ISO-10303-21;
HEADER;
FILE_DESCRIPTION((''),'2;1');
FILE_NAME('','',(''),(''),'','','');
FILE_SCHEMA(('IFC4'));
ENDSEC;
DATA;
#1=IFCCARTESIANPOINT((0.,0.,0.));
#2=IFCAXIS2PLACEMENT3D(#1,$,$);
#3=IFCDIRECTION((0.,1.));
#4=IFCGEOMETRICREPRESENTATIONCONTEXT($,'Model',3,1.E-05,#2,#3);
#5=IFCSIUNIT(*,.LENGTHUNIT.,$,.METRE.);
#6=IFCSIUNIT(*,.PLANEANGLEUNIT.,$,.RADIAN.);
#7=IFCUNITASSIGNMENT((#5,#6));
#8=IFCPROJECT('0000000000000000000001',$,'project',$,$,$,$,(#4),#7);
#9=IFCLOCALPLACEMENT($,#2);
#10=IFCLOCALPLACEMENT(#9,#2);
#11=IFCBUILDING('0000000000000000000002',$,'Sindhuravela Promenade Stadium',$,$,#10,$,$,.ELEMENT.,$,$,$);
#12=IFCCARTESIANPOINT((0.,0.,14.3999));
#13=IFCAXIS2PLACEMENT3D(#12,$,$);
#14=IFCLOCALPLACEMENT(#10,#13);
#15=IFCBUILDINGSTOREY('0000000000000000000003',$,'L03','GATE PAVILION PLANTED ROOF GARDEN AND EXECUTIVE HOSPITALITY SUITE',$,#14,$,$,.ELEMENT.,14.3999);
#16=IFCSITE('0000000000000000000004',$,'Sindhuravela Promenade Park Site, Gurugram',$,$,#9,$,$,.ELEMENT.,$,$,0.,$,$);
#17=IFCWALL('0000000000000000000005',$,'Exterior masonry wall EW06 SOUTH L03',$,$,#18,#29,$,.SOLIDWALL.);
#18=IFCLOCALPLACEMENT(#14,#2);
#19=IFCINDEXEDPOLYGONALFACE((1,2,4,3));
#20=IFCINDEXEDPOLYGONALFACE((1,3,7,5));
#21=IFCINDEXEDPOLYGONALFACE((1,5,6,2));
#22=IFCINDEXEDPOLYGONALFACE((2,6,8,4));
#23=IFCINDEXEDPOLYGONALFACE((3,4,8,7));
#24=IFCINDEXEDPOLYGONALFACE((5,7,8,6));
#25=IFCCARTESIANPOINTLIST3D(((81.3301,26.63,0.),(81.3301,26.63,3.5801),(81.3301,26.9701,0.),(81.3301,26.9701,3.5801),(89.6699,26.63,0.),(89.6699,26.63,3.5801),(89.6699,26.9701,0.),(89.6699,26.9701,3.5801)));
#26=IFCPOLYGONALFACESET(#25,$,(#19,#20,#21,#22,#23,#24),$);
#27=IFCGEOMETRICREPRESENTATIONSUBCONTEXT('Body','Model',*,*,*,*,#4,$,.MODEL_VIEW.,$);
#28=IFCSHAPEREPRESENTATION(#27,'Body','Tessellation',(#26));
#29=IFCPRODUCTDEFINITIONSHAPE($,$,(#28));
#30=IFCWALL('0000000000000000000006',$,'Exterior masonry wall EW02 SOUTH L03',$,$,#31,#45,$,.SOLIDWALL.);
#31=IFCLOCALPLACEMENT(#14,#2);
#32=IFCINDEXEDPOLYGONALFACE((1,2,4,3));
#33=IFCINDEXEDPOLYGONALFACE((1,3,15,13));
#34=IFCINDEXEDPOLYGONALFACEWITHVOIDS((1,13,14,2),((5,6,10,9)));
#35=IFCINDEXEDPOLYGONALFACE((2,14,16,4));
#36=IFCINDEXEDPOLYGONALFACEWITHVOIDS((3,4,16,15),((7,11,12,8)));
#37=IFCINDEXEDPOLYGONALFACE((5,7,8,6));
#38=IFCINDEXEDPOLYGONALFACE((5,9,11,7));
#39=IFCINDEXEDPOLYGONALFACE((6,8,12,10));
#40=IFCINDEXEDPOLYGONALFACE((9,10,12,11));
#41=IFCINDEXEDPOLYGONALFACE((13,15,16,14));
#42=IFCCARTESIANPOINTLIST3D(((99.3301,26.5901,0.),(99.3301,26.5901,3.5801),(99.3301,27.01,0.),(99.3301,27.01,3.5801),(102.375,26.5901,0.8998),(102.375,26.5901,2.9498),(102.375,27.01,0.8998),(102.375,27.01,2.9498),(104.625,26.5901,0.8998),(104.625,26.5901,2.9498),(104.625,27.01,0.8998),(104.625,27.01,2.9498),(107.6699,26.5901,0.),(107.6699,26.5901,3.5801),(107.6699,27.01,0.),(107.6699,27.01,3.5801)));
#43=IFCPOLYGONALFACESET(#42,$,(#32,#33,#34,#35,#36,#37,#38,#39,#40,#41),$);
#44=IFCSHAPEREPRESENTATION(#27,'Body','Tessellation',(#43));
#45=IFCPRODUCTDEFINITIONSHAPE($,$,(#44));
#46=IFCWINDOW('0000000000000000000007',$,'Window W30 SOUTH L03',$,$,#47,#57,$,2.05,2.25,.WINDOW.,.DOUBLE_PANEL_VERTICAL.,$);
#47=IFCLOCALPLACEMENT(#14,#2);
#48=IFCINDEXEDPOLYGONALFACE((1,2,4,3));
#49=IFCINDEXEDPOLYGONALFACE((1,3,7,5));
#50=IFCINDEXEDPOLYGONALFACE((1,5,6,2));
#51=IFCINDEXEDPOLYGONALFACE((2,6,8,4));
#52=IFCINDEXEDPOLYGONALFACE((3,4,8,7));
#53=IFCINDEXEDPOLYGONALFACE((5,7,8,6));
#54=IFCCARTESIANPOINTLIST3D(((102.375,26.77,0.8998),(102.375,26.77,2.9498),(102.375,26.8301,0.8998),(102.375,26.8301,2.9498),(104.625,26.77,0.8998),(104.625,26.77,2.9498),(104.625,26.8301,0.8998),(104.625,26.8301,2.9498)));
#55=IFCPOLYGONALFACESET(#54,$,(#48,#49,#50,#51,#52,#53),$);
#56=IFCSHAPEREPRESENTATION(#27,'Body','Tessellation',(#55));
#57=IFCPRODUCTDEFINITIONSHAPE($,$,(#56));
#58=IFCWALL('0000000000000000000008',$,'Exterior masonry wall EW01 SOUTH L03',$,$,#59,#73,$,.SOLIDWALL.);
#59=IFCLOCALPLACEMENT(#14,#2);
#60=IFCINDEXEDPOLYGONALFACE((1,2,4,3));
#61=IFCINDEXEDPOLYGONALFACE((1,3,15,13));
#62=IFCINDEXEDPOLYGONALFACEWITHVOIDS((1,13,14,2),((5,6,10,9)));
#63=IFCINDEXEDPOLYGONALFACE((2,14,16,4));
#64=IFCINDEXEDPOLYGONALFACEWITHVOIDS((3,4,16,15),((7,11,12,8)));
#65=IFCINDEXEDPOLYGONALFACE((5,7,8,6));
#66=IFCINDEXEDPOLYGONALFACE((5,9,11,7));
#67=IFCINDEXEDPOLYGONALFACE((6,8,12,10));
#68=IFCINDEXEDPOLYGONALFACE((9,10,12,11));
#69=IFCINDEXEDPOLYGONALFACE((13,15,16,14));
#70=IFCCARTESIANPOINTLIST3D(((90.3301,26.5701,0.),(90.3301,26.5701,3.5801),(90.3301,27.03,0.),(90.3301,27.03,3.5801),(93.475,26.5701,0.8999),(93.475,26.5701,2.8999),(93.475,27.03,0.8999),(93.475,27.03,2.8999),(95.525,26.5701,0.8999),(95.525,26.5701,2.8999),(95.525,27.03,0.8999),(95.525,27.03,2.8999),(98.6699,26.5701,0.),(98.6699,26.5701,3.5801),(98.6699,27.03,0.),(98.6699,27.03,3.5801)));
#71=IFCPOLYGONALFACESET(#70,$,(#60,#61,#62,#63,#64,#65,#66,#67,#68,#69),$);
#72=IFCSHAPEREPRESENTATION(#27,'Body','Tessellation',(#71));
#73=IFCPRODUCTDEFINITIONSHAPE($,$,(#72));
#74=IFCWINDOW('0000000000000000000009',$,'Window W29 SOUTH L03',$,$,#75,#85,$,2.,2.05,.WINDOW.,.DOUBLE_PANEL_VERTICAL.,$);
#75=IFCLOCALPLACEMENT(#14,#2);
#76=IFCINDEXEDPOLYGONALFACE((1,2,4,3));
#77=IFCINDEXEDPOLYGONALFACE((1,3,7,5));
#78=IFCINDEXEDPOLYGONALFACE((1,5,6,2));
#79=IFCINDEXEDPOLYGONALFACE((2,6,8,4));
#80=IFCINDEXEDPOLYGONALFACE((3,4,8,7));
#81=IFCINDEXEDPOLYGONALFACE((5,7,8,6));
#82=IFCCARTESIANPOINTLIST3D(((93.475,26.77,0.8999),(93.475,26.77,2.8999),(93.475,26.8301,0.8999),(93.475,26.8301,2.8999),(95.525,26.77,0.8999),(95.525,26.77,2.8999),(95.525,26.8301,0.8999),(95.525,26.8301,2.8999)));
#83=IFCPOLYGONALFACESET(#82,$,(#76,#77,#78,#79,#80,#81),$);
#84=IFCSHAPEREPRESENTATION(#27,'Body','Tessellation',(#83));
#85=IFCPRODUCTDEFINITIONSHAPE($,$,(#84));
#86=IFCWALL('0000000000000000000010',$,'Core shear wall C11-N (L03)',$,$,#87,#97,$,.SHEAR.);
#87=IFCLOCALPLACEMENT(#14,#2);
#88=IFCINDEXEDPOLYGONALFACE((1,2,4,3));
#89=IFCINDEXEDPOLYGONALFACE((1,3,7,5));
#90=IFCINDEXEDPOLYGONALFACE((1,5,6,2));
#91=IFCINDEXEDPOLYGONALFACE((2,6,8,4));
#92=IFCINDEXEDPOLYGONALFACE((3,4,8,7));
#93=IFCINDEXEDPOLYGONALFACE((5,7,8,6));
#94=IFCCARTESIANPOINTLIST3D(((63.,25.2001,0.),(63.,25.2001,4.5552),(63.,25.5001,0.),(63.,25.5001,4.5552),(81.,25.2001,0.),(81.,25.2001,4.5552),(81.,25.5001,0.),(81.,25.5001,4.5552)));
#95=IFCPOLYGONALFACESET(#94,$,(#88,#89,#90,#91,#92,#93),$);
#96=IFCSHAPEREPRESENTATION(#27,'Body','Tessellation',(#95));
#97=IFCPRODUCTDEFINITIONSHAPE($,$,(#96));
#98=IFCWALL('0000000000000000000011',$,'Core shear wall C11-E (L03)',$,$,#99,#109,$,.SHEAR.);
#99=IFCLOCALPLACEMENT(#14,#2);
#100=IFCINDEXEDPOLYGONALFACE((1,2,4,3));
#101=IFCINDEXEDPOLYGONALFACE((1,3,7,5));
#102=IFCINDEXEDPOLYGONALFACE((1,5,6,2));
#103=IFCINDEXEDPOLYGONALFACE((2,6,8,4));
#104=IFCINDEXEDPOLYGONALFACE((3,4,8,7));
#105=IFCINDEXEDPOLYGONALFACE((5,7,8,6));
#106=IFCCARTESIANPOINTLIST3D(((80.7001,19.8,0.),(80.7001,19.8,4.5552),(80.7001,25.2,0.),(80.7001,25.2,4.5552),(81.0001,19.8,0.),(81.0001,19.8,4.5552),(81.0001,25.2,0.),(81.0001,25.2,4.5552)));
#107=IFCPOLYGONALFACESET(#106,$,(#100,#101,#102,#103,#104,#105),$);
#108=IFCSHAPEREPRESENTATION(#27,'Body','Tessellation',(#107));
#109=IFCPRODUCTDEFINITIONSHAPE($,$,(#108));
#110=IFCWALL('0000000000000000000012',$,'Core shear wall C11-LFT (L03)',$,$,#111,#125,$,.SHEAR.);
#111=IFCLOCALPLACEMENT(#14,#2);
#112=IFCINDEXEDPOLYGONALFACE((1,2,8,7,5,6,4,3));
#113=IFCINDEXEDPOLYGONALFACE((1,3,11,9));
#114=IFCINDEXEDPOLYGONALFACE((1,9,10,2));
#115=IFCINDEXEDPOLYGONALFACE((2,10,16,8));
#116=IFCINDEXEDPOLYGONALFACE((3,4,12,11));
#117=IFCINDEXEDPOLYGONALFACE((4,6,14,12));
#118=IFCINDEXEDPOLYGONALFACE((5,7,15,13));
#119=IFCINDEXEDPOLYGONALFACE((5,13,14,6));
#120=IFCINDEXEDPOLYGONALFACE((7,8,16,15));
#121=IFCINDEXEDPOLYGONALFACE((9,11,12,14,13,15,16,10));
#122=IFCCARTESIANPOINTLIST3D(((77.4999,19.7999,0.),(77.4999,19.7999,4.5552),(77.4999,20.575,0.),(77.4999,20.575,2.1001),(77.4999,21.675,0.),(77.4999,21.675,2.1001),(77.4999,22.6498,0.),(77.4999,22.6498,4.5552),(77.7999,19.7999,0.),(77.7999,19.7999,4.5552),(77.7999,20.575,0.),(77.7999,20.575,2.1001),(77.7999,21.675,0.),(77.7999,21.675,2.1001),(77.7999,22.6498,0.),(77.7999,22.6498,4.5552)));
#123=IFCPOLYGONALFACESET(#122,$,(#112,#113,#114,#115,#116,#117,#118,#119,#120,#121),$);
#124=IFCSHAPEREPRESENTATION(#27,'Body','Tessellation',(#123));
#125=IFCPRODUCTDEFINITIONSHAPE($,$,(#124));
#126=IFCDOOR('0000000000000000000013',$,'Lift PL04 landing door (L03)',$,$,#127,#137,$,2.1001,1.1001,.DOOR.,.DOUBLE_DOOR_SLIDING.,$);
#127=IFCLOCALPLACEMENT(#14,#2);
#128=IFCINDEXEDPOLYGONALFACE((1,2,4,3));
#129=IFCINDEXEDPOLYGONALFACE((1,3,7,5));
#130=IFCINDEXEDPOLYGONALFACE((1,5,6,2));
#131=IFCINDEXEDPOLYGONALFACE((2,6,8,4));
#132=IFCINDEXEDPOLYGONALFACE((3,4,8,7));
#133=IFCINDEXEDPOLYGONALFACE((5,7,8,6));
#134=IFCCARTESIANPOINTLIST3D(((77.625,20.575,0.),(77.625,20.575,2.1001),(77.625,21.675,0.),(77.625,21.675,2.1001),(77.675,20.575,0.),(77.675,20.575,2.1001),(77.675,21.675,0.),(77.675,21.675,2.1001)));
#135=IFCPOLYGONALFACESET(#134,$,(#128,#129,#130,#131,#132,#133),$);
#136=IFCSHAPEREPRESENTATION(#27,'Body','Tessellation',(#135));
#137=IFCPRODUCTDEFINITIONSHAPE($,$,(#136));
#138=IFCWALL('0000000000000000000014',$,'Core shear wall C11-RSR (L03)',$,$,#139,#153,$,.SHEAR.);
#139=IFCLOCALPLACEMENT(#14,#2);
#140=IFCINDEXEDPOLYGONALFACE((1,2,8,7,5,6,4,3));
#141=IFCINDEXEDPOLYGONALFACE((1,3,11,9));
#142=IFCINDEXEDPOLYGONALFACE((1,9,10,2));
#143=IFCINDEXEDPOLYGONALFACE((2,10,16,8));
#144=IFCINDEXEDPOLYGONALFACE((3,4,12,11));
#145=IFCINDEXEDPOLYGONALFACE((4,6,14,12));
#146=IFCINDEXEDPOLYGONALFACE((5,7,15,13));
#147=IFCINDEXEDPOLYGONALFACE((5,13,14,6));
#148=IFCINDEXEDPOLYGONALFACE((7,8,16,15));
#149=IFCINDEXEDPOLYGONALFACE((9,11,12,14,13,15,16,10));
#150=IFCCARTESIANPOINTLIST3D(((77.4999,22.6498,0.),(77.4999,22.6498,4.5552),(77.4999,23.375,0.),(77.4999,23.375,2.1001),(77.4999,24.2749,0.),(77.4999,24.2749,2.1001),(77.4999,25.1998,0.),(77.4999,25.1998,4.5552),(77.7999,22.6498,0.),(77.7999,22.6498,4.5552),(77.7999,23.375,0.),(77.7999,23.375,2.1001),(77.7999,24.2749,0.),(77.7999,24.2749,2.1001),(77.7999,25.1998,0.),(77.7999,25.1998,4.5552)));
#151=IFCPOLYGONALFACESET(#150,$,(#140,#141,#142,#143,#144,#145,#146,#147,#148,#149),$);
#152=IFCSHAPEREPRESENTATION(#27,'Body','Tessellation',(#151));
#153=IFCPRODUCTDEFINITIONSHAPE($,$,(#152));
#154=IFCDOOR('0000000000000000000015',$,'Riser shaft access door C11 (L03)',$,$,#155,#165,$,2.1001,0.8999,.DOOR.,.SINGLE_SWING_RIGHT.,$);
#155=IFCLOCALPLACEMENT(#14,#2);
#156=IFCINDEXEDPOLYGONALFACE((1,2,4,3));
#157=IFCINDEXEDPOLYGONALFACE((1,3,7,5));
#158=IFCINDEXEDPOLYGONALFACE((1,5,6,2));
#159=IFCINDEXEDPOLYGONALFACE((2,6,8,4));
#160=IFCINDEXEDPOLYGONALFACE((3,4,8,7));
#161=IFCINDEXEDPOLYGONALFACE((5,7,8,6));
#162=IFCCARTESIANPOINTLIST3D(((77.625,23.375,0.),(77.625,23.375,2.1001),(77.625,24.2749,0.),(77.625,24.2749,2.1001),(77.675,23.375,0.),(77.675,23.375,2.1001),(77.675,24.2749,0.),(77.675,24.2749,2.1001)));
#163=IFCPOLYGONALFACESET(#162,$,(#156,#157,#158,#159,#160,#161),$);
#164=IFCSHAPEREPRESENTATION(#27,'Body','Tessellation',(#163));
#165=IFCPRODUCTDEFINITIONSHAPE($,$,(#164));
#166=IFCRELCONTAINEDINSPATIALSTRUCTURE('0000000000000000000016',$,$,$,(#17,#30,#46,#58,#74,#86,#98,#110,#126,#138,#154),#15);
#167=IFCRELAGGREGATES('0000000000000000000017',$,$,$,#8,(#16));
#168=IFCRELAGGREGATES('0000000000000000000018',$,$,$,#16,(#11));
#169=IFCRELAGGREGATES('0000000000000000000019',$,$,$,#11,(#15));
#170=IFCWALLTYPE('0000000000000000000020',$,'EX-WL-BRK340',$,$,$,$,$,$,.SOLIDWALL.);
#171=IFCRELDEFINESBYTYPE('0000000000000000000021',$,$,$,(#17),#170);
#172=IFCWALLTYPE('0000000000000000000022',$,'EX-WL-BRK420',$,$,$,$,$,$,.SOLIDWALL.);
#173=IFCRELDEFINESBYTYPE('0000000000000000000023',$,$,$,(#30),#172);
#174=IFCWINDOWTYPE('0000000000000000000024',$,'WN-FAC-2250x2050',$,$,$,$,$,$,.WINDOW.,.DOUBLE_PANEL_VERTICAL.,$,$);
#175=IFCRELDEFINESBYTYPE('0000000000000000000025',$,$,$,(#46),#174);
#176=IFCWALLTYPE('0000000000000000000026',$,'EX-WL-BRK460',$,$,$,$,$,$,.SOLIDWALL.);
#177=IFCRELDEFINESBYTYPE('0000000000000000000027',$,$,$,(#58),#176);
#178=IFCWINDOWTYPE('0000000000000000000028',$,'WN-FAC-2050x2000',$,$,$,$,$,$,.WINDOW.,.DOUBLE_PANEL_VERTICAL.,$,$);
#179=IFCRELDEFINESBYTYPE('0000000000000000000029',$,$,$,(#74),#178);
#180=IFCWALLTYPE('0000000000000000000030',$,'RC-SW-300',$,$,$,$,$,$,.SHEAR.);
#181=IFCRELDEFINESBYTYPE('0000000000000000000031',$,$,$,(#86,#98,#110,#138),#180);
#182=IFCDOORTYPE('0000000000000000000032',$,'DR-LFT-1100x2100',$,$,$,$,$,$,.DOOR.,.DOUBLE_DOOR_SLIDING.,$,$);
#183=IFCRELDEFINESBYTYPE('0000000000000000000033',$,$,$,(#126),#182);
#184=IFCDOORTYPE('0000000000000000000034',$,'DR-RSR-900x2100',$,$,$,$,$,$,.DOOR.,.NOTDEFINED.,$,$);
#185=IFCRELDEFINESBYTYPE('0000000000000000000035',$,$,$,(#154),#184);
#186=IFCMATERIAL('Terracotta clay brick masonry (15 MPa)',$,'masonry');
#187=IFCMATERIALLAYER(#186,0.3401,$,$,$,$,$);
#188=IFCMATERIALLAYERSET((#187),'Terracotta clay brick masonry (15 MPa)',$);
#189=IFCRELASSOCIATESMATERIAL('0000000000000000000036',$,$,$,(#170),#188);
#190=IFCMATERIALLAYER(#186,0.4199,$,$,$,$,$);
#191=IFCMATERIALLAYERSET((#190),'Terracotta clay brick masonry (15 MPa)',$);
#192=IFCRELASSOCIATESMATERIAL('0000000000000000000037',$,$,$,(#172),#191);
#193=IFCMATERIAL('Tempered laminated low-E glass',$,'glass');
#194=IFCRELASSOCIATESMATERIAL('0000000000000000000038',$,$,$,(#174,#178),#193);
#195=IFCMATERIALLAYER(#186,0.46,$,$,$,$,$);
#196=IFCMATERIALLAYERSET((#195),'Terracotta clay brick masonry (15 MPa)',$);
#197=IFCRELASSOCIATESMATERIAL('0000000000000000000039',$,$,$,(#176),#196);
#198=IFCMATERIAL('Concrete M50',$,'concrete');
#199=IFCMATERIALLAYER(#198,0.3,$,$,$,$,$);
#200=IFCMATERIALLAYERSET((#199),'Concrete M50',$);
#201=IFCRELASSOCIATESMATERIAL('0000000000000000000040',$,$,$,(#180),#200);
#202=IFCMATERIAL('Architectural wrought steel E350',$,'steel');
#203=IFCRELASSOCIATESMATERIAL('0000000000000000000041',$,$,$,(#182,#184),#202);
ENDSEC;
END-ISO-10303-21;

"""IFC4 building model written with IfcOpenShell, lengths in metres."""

from ifc_helpers import new_model, si_unit, direction, frame, frame_2d, origin, place, context, subcontext, project, spatial, rectangle, extrude, material, layer, layer_set, type_object, element, fill, save


model = new_model("IFC4")

# Units and contexts
model_context = context("Model", 3, precision=1e-05, world=origin(), true_north=direction((0.0, 1.0)))
body_context = subcontext(model_context, "Body", "Model", "MODEL_VIEW")
ifc_project = project(units=[si_unit("LENGTHUNIT", "METRE"), si_unit("PLANEANGLEUNIT", "RADIAN")], contexts=[model_context])

# Site, building, storey
site_placement = place(None, origin())
site = spatial("IfcSite", under=ifc_project, at=site_placement, Name="Sindhuravela Promenade Park Site, Gurugram", CompositionType="ELEMENT", RefElevation=0.0)
building_placement = place(site_placement, origin())
building = spatial("IfcBuilding", under=site, at=building_placement, Name="Sindhuravela Promenade Stadium", CompositionType="ELEMENT")
storey_placement = place(building_placement, frame((0.0, 0.0, 14.3999)))
storey = spatial("IfcBuildingStorey", under=building, at=storey_placement, Name="L03", Description="GATE PAVILION PLANTED ROOF GARDEN AND EXECUTIVE HOSPITALITY SUITE", CompositionType="ELEMENT", Elevation=14.3999)

# Wall
ifc_material_1 = material(Name="Terracotta clay brick masonry (15 MPa)", Category="masonry")
ifc_layer_1 = layer(ifc_material_1, 0.3401)
ifc_layer_set_1 = layer_set([ifc_layer_1], Name="Terracotta clay brick masonry (15 MPa)")
wall_type_1 = type_object("IfcWallType", Name="EX-WL-BRK340", PredefinedType="SOLIDWALL", material=ifc_layer_set_1)
wall_1_placement = place(storey_placement, frame((81.3301, 26.8, 0.0), z_axis=(0.0, 0.0, 1.0), x_axis=(1.0, 0.0, 0.0)))
element("IfcWall", 1, at=wall_1_placement, inside=storey, type_object=wall_type_1, Name="Exterior masonry wall EW06 SOUTH L03", PredefinedType="SOLIDWALL", context=body_context, shape_type="SweptSolid", body=[
    extrude(rectangle(XDim=8.3398, YDim=0.3401, at=frame_2d((4.1699, 0.0))), origin(), (0.0, 0.0, 1.0), 3.5801),
])

# Walls, openings, windows
ifc_layer_2 = layer(ifc_material_1, 0.4199)
ifc_layer_set_2 = layer_set([ifc_layer_2], Name="Terracotta clay brick masonry (15 MPa)")
wall_type_2 = type_object("IfcWallType", Name="EX-WL-BRK420", PredefinedType="SOLIDWALL", material=ifc_layer_set_2)
wall_2_placement = place(storey_placement, frame((99.3301, 26.8, 0.0), z_axis=(0.0, 0.0, 1.0), x_axis=(1.0, 0.0, 0.0)))
wall_2 = element("IfcWall", 2, at=wall_2_placement, inside=storey, type_object=wall_type_2, Name="Exterior masonry wall EW02 SOUTH L03", PredefinedType="SOLIDWALL", context=body_context, shape_type="SweptSolid", body=[
    extrude(rectangle(XDim=8.3398, YDim=0.4199, at=frame_2d((4.1699, 0.0))), origin(), (0.0, 0.0, 1.0), 3.5801),
])
opening_1_placement = place(wall_2_placement, frame((3.0449, 0.0, 0.8999)))
opening_1 = element("IfcOpeningElement", 3, at=opening_1_placement, cuts=wall_2, PredefinedType="OPENING", context=body_context, shape_type="SweptSolid", body=[
    extrude(rectangle(XDim=2.25, YDim=2.05, at=frame_2d((1.125, 1.0249))), frame((0.0, 0.22, 0.0), z_axis=(0.0, -1.0, 0.0), x_axis=(1.0, 0.0, 0.0)), (0.0, 0.0, 1.0), 0.4399),
])
ifc_material_2 = material(Name="Tempered laminated low-E glass", Category="glass")
window_type_1 = type_object("IfcWindowType", Name="WN-FAC-2250x2050", PartitioningType="DOUBLE_PANEL_VERTICAL", PredefinedType="WINDOW", material=ifc_material_2)
window_1_placement = place(opening_1_placement, origin())
window_1 = element("IfcWindow", 4, at=window_1_placement, inside=storey, type_object=window_type_1, Name="Window W30 SOUTH L03", OverallHeight=2.05, OverallWidth=2.25, PartitioningType="DOUBLE_PANEL_VERTICAL", PredefinedType="WINDOW", context=body_context, shape_type="SweptSolid", body=[
    extrude(rectangle(XDim=2.25, YDim=2.05, at=frame_2d((1.125, 1.0249))), frame((0.0, 0.03, 0.0), z_axis=(0.0, -1.0, 0.0), x_axis=(1.0, 0.0, 0.0)), (0.0, 0.0, 1.0), 0.0601),
])
fill(opening_1, window_1)
ifc_layer_3 = layer(ifc_material_1, 0.46)
ifc_layer_set_3 = layer_set([ifc_layer_3], Name="Terracotta clay brick masonry (15 MPa)")
wall_type_3 = type_object("IfcWallType", Name="EX-WL-BRK460", PredefinedType="SOLIDWALL", material=ifc_layer_set_3)
wall_3_placement = place(storey_placement, frame((90.3301, 26.8, 0.0), z_axis=(0.0, 0.0, 1.0), x_axis=(1.0, 0.0, 0.0)))
wall_3 = element("IfcWall", 5, at=wall_3_placement, inside=storey, type_object=wall_type_3, Name="Exterior masonry wall EW01 SOUTH L03", PredefinedType="SOLIDWALL", context=body_context, shape_type="SweptSolid", body=[
    extrude(rectangle(XDim=8.3398, YDim=0.46, at=frame_2d((4.1699, 0.0))), origin(), (0.0, 0.0, 1.0), 3.5801),
])
opening_2_placement = place(wall_3_placement, frame((3.145, 0.0, 0.8999)))
opening_2 = element("IfcOpeningElement", 6, at=opening_2_placement, cuts=wall_3, PredefinedType="OPENING", context=body_context, shape_type="SweptSolid", body=[
    extrude(rectangle(XDim=2.05, YDim=2.0, at=frame_2d((1.0249, 1.0))), frame((0.0, 0.24, 0.0), z_axis=(0.0, -1.0, 0.0), x_axis=(1.0, 0.0, 0.0)), (0.0, 0.0, 1.0), 0.48),
])
window_type_2 = type_object("IfcWindowType", Name="WN-FAC-2050x2000", PartitioningType="DOUBLE_PANEL_VERTICAL", PredefinedType="WINDOW", material=ifc_material_2)
window_2_placement = place(opening_2_placement, origin())
window_2 = element("IfcWindow", 7, at=window_2_placement, inside=storey, type_object=window_type_2, Name="Window W29 SOUTH L03", OverallHeight=2.0, OverallWidth=2.05, PartitioningType="DOUBLE_PANEL_VERTICAL", PredefinedType="WINDOW", context=body_context, shape_type="SweptSolid", body=[
    extrude(rectangle(XDim=2.05, YDim=2.0, at=frame_2d((1.0249, 1.0))), frame((0.0, 0.03, 0.0), z_axis=(0.0, -1.0, 0.0), x_axis=(1.0, 0.0, 0.0)), (0.0, 0.0, 1.0), 0.0601),
])
fill(opening_2, window_2)

# Walls
ifc_material_3 = material(Name="Concrete M50", Category="concrete")
ifc_layer_4 = layer(ifc_material_3, 0.3)
ifc_layer_set_4 = layer_set([ifc_layer_4], Name="Concrete M50")
wall_type_4 = type_object("IfcWallType", Name="RC-SW-300", PredefinedType="SHEAR", material=ifc_layer_set_4)
wall_4_placement = place(storey_placement, frame((81.0, 25.3501, 0.0), z_axis=(0.0, 0.0, 1.0), x_axis=(-1.0, 0.0, 0.0)))
element("IfcWall", 8, at=wall_4_placement, inside=storey, type_object=wall_type_4, Name="Core shear wall C11-N (L03)", PredefinedType="SHEAR", context=body_context, shape_type="SweptSolid", body=[
    extrude(rectangle(XDim=18.0, YDim=0.3, at=frame_2d((9.0, 0.0))), origin(), (0.0, 0.0, 1.0), 4.5552),
])
wall_5_placement = place(storey_placement, frame((80.8501, 19.8, 0.0), z_axis=(0.0, 0.0, 1.0), x_axis=(0.0, 1.0, 0.0)))
element("IfcWall", 9, at=wall_5_placement, inside=storey, type_object=wall_type_4, Name="Core shear wall C11-E (L03)", PredefinedType="SHEAR", context=body_context, shape_type="SweptSolid", body=[
    extrude(rectangle(XDim=5.3999, YDim=0.3, at=frame_2d((2.7, 0.0))), origin(), (0.0, 0.0, 1.0), 4.5552),
])

# Walls, openings, doors
wall_6_placement = place(storey_placement, frame((77.6499, 19.8, 0.0), z_axis=(0.0, 0.0, 1.0), x_axis=(0.0, 1.0, 0.0)))
wall_6 = element("IfcWall", 10, at=wall_6_placement, inside=storey, type_object=wall_type_4, Name="Core shear wall C11-LFT (L03)", PredefinedType="SHEAR", context=body_context, shape_type="SweptSolid", body=[
    extrude(rectangle(XDim=2.8499, YDim=0.3, at=frame_2d((1.4248, 0.0))), origin(), (0.0, 0.0, 1.0), 4.5552),
])
opening_3_placement = place(wall_6_placement, frame((0.7749, 0.0, 0.0)))
opening_3 = element("IfcOpeningElement", 11, at=opening_3_placement, cuts=wall_6, PredefinedType="OPENING", context=body_context, shape_type="SweptSolid", body=[
    extrude(rectangle(XDim=1.1001, YDim=2.1001, at=frame_2d((0.55, 1.05))), frame((0.0, 0.1599, 0.0), z_axis=(0.0, -1.0, 0.0), x_axis=(1.0, 0.0, 0.0)), (0.0, 0.0, 1.0), 0.3201),
])
ifc_material_4 = material(Name="Architectural wrought steel E350", Category="steel")
door_type_1 = type_object("IfcDoorType", Name="DR-LFT-1100x2100", OperationType="DOUBLE_DOOR_SLIDING", PredefinedType="DOOR", material=ifc_material_4)
door_1_placement = place(opening_3_placement, origin())
door_1 = element("IfcDoor", 12, at=door_1_placement, inside=storey, type_object=door_type_1, Name="Lift PL04 landing door (L03)", OperationType="DOUBLE_DOOR_SLIDING", OverallHeight=2.1001, OverallWidth=1.1001, PredefinedType="DOOR", context=body_context, shape_type="SweptSolid", body=[
    extrude(rectangle(XDim=1.1001, YDim=2.1001, at=frame_2d((0.55, 1.05))), frame((0.0, 0.0249, 0.0), z_axis=(0.0, -1.0, 0.0), x_axis=(1.0, 0.0, 0.0)), (0.0, 0.0, 1.0), 0.05),
])
fill(opening_3, door_1)
wall_7_placement = place(storey_placement, frame((77.6499, 22.6499, 0.0), z_axis=(0.0, 0.0, 1.0), x_axis=(0.0, 1.0, 0.0)))
wall_7 = element("IfcWall", 13, at=wall_7_placement, inside=storey, type_object=wall_type_4, Name="Core shear wall C11-RSR (L03)", PredefinedType="SHEAR", context=body_context, shape_type="SweptSolid", body=[
    extrude(rectangle(XDim=2.55, YDim=0.3, at=frame_2d((1.2749, 0.0))), origin(), (0.0, 0.0, 1.0), 4.5552),
])
opening_4_placement = place(wall_7_placement, frame((0.7251, 0.0, 0.0)))
opening_4 = element("IfcOpeningElement", 14, at=opening_4_placement, cuts=wall_7, PredefinedType="OPENING", context=body_context, shape_type="SweptSolid", body=[
    extrude(rectangle(XDim=0.8999, YDim=2.1001, at=frame_2d((0.45, 1.05))), frame((0.0, 0.1599, 0.0), z_axis=(0.0, -1.0, 0.0), x_axis=(1.0, 0.0, 0.0)), (0.0, 0.0, 1.0), 0.3201),
])
door_type_2 = type_object("IfcDoorType", Name="DR-RSR-900x2100", OperationType="NOTDEFINED", PredefinedType="DOOR", material=ifc_material_4)
door_2_placement = place(opening_4_placement, origin())
door_2 = element("IfcDoor", 15, at=door_2_placement, inside=storey, type_object=door_type_2, Name="Riser shaft access door C11 (L03)", OperationType="SINGLE_SWING_RIGHT", OverallHeight=2.1001, OverallWidth=0.8999, PredefinedType="DOOR", context=body_context, shape_type="SweptSolid", body=[
    extrude(rectangle(XDim=0.8999, YDim=2.1001, at=frame_2d((0.45, 1.05))), frame((0.0, 0.0249, 0.0), z_axis=(0.0, -1.0, 0.0), x_axis=(1.0, 0.0, 0.0)), (0.0, 0.0, 1.0), 0.05),
])
fill(opening_4, door_2)

save(model, "model.ifc")
